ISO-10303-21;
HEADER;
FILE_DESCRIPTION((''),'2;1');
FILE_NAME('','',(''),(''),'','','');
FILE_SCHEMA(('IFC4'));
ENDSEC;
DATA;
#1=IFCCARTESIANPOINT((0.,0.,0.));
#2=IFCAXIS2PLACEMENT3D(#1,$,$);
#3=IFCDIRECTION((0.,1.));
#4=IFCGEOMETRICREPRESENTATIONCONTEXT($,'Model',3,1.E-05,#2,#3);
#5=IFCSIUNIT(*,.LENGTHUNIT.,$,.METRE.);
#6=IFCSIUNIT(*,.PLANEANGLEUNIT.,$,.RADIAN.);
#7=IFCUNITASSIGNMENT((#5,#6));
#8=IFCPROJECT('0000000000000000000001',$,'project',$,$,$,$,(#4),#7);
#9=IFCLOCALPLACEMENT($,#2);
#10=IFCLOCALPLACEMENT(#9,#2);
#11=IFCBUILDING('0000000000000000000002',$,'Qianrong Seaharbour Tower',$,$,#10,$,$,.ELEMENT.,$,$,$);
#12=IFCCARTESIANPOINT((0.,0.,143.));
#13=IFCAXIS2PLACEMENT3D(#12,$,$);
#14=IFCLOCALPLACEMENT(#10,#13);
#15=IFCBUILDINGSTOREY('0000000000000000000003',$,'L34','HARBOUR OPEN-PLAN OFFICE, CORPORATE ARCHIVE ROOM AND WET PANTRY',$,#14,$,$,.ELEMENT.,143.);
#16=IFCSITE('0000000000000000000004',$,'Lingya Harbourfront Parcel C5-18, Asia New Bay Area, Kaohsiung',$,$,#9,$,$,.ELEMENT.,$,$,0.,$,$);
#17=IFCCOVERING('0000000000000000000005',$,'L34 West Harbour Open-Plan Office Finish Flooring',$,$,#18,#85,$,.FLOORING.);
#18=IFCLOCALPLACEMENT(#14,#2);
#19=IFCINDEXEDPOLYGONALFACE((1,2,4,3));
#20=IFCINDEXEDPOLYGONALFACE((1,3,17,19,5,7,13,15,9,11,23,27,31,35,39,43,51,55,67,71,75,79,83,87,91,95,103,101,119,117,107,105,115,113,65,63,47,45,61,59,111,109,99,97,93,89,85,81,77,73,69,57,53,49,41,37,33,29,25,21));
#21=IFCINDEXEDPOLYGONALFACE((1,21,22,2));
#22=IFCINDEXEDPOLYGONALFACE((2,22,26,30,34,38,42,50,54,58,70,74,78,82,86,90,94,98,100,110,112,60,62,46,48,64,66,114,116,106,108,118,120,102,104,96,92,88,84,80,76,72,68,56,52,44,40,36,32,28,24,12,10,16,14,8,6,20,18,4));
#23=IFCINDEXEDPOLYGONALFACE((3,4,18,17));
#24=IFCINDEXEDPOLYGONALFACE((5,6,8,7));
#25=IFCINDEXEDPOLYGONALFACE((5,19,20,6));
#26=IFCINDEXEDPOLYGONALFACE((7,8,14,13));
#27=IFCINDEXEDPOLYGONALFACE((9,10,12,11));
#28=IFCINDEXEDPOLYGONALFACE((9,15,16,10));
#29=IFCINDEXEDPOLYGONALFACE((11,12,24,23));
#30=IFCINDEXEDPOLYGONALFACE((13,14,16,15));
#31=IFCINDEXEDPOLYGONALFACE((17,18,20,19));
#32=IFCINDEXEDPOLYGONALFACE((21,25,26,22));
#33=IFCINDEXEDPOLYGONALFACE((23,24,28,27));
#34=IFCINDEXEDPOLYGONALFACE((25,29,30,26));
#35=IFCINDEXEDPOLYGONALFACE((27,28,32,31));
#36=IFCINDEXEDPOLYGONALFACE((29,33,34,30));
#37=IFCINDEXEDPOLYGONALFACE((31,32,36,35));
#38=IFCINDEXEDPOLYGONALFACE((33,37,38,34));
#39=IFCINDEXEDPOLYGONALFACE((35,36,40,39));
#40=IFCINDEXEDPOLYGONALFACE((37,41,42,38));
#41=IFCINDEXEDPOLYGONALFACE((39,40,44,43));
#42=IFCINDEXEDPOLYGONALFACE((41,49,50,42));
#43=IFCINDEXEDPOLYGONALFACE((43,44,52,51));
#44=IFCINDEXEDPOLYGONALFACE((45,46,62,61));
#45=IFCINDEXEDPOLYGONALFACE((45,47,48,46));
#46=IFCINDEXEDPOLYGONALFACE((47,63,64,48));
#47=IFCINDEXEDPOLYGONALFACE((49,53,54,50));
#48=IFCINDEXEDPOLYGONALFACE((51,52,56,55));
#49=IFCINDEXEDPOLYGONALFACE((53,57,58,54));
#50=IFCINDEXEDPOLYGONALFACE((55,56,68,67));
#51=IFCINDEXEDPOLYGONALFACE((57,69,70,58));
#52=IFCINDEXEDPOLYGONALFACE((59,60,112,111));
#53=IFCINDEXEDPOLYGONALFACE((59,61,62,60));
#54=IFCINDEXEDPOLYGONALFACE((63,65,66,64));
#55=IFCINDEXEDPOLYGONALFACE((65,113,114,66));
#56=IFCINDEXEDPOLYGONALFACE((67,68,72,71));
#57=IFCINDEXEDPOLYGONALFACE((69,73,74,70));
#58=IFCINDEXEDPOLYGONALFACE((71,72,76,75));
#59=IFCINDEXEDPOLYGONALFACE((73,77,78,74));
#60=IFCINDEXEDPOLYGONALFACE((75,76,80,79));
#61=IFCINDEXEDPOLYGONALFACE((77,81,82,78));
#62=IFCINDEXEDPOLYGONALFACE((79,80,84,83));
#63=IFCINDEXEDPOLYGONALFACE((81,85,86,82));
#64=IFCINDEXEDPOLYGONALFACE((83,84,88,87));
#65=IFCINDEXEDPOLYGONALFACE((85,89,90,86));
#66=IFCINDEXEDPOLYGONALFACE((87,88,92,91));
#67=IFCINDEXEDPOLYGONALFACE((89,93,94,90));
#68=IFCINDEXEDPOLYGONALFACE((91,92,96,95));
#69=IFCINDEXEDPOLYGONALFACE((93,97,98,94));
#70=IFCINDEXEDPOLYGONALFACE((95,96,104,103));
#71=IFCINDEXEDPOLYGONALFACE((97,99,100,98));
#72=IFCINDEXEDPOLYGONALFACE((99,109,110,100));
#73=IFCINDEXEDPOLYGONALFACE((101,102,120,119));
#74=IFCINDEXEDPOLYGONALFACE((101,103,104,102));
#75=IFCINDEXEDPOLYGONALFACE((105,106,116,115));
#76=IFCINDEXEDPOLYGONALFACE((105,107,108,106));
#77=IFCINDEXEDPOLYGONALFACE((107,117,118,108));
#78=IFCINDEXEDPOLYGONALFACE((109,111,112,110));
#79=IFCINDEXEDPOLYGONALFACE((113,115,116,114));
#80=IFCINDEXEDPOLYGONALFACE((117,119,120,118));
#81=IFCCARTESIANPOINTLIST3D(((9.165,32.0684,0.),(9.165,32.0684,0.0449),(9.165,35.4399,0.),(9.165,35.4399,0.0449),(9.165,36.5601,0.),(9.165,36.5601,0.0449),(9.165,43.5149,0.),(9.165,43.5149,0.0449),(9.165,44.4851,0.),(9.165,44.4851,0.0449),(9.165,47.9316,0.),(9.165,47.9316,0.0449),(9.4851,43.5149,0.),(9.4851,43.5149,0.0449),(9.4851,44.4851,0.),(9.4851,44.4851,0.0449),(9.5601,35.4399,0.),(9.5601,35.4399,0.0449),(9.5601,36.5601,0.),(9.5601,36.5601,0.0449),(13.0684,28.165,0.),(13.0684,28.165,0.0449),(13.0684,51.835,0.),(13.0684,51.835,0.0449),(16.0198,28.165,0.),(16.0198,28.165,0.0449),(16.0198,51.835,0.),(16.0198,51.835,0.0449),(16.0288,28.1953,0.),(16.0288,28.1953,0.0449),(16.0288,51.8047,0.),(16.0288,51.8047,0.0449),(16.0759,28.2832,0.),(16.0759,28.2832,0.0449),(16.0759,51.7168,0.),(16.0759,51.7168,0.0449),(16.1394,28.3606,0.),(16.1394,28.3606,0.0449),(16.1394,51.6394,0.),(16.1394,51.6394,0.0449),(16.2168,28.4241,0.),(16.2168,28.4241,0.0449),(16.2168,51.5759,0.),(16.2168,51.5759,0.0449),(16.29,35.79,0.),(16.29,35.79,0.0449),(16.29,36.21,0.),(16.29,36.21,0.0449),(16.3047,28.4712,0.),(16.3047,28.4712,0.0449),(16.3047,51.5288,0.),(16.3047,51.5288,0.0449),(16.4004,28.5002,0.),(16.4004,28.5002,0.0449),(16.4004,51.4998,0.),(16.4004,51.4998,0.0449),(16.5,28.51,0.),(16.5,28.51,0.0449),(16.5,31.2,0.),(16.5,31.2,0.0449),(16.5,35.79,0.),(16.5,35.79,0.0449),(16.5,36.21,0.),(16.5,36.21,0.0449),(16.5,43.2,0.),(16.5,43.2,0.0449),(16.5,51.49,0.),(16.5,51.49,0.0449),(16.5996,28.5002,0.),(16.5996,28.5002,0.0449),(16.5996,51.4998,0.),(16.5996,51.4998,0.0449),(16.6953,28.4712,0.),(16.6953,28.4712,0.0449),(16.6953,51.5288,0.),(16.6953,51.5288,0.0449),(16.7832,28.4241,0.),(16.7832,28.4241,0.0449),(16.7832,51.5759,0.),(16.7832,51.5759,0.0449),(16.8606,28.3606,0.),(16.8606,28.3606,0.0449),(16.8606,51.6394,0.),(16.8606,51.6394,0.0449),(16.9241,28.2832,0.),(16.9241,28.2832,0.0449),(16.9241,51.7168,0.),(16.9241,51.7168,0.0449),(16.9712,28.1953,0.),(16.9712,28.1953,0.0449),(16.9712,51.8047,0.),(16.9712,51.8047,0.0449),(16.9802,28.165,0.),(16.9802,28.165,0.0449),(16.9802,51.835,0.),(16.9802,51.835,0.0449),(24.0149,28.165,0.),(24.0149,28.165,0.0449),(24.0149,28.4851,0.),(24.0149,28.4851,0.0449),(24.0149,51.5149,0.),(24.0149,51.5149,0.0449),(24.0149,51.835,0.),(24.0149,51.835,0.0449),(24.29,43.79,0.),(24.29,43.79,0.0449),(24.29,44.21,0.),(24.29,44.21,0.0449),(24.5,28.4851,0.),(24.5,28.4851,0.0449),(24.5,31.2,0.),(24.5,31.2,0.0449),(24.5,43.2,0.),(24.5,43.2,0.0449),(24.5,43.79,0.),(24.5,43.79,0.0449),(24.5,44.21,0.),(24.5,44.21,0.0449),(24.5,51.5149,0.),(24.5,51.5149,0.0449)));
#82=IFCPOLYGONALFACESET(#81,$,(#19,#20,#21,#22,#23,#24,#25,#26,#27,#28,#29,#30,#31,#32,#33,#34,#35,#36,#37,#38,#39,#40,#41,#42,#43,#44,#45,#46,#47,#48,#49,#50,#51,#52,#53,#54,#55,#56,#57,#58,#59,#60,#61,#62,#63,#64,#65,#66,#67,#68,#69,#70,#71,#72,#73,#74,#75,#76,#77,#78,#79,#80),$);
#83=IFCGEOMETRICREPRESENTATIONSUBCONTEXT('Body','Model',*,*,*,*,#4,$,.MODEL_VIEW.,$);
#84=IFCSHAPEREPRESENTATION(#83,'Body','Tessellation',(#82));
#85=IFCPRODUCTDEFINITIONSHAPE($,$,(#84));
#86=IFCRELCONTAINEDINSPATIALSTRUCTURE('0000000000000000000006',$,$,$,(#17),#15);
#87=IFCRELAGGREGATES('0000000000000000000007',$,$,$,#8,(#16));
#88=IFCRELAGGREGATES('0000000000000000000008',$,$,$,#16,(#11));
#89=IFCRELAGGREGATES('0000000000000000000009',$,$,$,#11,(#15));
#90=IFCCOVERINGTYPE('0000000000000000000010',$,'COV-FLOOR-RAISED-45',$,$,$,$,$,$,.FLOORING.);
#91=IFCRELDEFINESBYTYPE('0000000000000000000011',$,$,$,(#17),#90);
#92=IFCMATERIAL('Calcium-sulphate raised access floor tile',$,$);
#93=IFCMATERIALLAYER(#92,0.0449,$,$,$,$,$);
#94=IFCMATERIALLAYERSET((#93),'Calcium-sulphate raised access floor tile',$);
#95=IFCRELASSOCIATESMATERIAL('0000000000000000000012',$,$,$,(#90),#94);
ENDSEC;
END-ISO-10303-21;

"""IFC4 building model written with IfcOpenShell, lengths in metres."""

from ifc_helpers import new_model, si_unit, direction, frame, origin, place, context, subcontext, project, spatial, polyline, outline, extrude, material, layer, layer_set, type_object, element, save


model = new_model("IFC4")

# Units and contexts
model_context = context("Model", 3, precision=1e-05, world=origin(), true_north=direction((0.0, 1.0)))
body_context = subcontext(model_context, "Body", "Model", "MODEL_VIEW")
ifc_project = project(units=[si_unit("LENGTHUNIT", "METRE"), si_unit("PLANEANGLEUNIT", "RADIAN")], contexts=[model_context])

# Site, building, storey
site_placement = place(None, origin())
site = spatial("IfcSite", under=ifc_project, at=site_placement, Name="Lingya Harbourfront Parcel C5-18, Asia New Bay Area, Kaohsiung", CompositionType="ELEMENT", RefElevation=0.0)
building_placement = place(site_placement, origin())
building = spatial("IfcBuilding", under=site, at=building_placement, Name="Qianrong Seaharbour Tower", CompositionType="ELEMENT")
storey_placement = place(building_placement, frame((0.0, 0.0, 143.0)))
storey = spatial("IfcBuildingStorey", under=building, at=storey_placement, Name="L34", Description="HARBOUR OPEN-PLAN OFFICE, CORPORATE ARCHIVE ROOM AND WET PANTRY", CompositionType="ELEMENT", Elevation=143.0)

# Covering
ifc_material_1 = material(Name="Calcium-sulphate raised access floor tile")
ifc_layer_1 = layer(ifc_material_1, 0.0449)
ifc_layer_set_1 = layer_set([ifc_layer_1], Name="Calcium-sulphate raised access floor tile")
covering_type_1 = type_object("IfcCoveringType", Name="COV-FLOOR-RAISED-45", PredefinedType="FLOORING", material=ifc_layer_set_1)
covering_1_placement = place(storey_placement, origin())
element("IfcCovering", 1, at=covering_1_placement, inside=storey, type_object=covering_type_1, Name="L34 West Harbour Open-Plan Office Finish Flooring", PredefinedType="FLOORING", context=body_context, shape_type="SweptSolid", body=[
    extrude(outline(polyline([(9.165, 32.0684), (9.165, 35.4399), (9.5601, 35.4399), (9.5601, 36.5601), (9.165, 36.5601), (9.165, 43.5149), (9.4851, 43.5149), (9.4851, 44.4851), (9.165, 44.4851), (9.165, 47.9316), (13.0684, 51.835), (16.0198, 51.835), (16.0288, 51.8047), (16.0759, 51.7168), (16.1394, 51.6394), (16.2168, 51.5759), (16.3047, 51.5288), (16.4004, 51.4998), (16.5, 51.49), (16.5996, 51.4998), (16.6953, 51.5288), (16.7832, 51.5759), (16.8606, 51.6394), (16.9241, 51.7168), (16.9712, 51.8047), (16.9802, 51.835), (24.0149, 51.835), (24.0149, 51.5149), (24.5, 51.5149), (24.5, 44.21), (24.29, 44.21), (24.29, 43.79), (24.5, 43.79), (24.5, 43.2), (16.5, 43.2), (16.5, 36.21), (16.29, 36.21), (16.29, 35.79), (16.5, 35.79), (16.5, 31.2), (24.5, 31.2), (24.5, 28.4851), (24.0149, 28.4851), (24.0149, 28.165), (16.9802, 28.165), (16.9712, 28.1953), (16.9241, 28.2832), (16.8606, 28.3606), (16.7832, 28.4241), (16.6953, 28.4712), (16.5996, 28.5002), (16.5, 28.51), (16.4004, 28.5002), (16.3047, 28.4712), (16.2168, 28.4241), (16.1394, 28.3606), (16.0759, 28.2832), (16.0288, 28.1953), (16.0198, 28.165), (13.0684, 28.165), (9.165, 32.0684)])), origin(), (0.0, 0.0, 1.0), 0.0449),
])

save(model, "model.ifc")
